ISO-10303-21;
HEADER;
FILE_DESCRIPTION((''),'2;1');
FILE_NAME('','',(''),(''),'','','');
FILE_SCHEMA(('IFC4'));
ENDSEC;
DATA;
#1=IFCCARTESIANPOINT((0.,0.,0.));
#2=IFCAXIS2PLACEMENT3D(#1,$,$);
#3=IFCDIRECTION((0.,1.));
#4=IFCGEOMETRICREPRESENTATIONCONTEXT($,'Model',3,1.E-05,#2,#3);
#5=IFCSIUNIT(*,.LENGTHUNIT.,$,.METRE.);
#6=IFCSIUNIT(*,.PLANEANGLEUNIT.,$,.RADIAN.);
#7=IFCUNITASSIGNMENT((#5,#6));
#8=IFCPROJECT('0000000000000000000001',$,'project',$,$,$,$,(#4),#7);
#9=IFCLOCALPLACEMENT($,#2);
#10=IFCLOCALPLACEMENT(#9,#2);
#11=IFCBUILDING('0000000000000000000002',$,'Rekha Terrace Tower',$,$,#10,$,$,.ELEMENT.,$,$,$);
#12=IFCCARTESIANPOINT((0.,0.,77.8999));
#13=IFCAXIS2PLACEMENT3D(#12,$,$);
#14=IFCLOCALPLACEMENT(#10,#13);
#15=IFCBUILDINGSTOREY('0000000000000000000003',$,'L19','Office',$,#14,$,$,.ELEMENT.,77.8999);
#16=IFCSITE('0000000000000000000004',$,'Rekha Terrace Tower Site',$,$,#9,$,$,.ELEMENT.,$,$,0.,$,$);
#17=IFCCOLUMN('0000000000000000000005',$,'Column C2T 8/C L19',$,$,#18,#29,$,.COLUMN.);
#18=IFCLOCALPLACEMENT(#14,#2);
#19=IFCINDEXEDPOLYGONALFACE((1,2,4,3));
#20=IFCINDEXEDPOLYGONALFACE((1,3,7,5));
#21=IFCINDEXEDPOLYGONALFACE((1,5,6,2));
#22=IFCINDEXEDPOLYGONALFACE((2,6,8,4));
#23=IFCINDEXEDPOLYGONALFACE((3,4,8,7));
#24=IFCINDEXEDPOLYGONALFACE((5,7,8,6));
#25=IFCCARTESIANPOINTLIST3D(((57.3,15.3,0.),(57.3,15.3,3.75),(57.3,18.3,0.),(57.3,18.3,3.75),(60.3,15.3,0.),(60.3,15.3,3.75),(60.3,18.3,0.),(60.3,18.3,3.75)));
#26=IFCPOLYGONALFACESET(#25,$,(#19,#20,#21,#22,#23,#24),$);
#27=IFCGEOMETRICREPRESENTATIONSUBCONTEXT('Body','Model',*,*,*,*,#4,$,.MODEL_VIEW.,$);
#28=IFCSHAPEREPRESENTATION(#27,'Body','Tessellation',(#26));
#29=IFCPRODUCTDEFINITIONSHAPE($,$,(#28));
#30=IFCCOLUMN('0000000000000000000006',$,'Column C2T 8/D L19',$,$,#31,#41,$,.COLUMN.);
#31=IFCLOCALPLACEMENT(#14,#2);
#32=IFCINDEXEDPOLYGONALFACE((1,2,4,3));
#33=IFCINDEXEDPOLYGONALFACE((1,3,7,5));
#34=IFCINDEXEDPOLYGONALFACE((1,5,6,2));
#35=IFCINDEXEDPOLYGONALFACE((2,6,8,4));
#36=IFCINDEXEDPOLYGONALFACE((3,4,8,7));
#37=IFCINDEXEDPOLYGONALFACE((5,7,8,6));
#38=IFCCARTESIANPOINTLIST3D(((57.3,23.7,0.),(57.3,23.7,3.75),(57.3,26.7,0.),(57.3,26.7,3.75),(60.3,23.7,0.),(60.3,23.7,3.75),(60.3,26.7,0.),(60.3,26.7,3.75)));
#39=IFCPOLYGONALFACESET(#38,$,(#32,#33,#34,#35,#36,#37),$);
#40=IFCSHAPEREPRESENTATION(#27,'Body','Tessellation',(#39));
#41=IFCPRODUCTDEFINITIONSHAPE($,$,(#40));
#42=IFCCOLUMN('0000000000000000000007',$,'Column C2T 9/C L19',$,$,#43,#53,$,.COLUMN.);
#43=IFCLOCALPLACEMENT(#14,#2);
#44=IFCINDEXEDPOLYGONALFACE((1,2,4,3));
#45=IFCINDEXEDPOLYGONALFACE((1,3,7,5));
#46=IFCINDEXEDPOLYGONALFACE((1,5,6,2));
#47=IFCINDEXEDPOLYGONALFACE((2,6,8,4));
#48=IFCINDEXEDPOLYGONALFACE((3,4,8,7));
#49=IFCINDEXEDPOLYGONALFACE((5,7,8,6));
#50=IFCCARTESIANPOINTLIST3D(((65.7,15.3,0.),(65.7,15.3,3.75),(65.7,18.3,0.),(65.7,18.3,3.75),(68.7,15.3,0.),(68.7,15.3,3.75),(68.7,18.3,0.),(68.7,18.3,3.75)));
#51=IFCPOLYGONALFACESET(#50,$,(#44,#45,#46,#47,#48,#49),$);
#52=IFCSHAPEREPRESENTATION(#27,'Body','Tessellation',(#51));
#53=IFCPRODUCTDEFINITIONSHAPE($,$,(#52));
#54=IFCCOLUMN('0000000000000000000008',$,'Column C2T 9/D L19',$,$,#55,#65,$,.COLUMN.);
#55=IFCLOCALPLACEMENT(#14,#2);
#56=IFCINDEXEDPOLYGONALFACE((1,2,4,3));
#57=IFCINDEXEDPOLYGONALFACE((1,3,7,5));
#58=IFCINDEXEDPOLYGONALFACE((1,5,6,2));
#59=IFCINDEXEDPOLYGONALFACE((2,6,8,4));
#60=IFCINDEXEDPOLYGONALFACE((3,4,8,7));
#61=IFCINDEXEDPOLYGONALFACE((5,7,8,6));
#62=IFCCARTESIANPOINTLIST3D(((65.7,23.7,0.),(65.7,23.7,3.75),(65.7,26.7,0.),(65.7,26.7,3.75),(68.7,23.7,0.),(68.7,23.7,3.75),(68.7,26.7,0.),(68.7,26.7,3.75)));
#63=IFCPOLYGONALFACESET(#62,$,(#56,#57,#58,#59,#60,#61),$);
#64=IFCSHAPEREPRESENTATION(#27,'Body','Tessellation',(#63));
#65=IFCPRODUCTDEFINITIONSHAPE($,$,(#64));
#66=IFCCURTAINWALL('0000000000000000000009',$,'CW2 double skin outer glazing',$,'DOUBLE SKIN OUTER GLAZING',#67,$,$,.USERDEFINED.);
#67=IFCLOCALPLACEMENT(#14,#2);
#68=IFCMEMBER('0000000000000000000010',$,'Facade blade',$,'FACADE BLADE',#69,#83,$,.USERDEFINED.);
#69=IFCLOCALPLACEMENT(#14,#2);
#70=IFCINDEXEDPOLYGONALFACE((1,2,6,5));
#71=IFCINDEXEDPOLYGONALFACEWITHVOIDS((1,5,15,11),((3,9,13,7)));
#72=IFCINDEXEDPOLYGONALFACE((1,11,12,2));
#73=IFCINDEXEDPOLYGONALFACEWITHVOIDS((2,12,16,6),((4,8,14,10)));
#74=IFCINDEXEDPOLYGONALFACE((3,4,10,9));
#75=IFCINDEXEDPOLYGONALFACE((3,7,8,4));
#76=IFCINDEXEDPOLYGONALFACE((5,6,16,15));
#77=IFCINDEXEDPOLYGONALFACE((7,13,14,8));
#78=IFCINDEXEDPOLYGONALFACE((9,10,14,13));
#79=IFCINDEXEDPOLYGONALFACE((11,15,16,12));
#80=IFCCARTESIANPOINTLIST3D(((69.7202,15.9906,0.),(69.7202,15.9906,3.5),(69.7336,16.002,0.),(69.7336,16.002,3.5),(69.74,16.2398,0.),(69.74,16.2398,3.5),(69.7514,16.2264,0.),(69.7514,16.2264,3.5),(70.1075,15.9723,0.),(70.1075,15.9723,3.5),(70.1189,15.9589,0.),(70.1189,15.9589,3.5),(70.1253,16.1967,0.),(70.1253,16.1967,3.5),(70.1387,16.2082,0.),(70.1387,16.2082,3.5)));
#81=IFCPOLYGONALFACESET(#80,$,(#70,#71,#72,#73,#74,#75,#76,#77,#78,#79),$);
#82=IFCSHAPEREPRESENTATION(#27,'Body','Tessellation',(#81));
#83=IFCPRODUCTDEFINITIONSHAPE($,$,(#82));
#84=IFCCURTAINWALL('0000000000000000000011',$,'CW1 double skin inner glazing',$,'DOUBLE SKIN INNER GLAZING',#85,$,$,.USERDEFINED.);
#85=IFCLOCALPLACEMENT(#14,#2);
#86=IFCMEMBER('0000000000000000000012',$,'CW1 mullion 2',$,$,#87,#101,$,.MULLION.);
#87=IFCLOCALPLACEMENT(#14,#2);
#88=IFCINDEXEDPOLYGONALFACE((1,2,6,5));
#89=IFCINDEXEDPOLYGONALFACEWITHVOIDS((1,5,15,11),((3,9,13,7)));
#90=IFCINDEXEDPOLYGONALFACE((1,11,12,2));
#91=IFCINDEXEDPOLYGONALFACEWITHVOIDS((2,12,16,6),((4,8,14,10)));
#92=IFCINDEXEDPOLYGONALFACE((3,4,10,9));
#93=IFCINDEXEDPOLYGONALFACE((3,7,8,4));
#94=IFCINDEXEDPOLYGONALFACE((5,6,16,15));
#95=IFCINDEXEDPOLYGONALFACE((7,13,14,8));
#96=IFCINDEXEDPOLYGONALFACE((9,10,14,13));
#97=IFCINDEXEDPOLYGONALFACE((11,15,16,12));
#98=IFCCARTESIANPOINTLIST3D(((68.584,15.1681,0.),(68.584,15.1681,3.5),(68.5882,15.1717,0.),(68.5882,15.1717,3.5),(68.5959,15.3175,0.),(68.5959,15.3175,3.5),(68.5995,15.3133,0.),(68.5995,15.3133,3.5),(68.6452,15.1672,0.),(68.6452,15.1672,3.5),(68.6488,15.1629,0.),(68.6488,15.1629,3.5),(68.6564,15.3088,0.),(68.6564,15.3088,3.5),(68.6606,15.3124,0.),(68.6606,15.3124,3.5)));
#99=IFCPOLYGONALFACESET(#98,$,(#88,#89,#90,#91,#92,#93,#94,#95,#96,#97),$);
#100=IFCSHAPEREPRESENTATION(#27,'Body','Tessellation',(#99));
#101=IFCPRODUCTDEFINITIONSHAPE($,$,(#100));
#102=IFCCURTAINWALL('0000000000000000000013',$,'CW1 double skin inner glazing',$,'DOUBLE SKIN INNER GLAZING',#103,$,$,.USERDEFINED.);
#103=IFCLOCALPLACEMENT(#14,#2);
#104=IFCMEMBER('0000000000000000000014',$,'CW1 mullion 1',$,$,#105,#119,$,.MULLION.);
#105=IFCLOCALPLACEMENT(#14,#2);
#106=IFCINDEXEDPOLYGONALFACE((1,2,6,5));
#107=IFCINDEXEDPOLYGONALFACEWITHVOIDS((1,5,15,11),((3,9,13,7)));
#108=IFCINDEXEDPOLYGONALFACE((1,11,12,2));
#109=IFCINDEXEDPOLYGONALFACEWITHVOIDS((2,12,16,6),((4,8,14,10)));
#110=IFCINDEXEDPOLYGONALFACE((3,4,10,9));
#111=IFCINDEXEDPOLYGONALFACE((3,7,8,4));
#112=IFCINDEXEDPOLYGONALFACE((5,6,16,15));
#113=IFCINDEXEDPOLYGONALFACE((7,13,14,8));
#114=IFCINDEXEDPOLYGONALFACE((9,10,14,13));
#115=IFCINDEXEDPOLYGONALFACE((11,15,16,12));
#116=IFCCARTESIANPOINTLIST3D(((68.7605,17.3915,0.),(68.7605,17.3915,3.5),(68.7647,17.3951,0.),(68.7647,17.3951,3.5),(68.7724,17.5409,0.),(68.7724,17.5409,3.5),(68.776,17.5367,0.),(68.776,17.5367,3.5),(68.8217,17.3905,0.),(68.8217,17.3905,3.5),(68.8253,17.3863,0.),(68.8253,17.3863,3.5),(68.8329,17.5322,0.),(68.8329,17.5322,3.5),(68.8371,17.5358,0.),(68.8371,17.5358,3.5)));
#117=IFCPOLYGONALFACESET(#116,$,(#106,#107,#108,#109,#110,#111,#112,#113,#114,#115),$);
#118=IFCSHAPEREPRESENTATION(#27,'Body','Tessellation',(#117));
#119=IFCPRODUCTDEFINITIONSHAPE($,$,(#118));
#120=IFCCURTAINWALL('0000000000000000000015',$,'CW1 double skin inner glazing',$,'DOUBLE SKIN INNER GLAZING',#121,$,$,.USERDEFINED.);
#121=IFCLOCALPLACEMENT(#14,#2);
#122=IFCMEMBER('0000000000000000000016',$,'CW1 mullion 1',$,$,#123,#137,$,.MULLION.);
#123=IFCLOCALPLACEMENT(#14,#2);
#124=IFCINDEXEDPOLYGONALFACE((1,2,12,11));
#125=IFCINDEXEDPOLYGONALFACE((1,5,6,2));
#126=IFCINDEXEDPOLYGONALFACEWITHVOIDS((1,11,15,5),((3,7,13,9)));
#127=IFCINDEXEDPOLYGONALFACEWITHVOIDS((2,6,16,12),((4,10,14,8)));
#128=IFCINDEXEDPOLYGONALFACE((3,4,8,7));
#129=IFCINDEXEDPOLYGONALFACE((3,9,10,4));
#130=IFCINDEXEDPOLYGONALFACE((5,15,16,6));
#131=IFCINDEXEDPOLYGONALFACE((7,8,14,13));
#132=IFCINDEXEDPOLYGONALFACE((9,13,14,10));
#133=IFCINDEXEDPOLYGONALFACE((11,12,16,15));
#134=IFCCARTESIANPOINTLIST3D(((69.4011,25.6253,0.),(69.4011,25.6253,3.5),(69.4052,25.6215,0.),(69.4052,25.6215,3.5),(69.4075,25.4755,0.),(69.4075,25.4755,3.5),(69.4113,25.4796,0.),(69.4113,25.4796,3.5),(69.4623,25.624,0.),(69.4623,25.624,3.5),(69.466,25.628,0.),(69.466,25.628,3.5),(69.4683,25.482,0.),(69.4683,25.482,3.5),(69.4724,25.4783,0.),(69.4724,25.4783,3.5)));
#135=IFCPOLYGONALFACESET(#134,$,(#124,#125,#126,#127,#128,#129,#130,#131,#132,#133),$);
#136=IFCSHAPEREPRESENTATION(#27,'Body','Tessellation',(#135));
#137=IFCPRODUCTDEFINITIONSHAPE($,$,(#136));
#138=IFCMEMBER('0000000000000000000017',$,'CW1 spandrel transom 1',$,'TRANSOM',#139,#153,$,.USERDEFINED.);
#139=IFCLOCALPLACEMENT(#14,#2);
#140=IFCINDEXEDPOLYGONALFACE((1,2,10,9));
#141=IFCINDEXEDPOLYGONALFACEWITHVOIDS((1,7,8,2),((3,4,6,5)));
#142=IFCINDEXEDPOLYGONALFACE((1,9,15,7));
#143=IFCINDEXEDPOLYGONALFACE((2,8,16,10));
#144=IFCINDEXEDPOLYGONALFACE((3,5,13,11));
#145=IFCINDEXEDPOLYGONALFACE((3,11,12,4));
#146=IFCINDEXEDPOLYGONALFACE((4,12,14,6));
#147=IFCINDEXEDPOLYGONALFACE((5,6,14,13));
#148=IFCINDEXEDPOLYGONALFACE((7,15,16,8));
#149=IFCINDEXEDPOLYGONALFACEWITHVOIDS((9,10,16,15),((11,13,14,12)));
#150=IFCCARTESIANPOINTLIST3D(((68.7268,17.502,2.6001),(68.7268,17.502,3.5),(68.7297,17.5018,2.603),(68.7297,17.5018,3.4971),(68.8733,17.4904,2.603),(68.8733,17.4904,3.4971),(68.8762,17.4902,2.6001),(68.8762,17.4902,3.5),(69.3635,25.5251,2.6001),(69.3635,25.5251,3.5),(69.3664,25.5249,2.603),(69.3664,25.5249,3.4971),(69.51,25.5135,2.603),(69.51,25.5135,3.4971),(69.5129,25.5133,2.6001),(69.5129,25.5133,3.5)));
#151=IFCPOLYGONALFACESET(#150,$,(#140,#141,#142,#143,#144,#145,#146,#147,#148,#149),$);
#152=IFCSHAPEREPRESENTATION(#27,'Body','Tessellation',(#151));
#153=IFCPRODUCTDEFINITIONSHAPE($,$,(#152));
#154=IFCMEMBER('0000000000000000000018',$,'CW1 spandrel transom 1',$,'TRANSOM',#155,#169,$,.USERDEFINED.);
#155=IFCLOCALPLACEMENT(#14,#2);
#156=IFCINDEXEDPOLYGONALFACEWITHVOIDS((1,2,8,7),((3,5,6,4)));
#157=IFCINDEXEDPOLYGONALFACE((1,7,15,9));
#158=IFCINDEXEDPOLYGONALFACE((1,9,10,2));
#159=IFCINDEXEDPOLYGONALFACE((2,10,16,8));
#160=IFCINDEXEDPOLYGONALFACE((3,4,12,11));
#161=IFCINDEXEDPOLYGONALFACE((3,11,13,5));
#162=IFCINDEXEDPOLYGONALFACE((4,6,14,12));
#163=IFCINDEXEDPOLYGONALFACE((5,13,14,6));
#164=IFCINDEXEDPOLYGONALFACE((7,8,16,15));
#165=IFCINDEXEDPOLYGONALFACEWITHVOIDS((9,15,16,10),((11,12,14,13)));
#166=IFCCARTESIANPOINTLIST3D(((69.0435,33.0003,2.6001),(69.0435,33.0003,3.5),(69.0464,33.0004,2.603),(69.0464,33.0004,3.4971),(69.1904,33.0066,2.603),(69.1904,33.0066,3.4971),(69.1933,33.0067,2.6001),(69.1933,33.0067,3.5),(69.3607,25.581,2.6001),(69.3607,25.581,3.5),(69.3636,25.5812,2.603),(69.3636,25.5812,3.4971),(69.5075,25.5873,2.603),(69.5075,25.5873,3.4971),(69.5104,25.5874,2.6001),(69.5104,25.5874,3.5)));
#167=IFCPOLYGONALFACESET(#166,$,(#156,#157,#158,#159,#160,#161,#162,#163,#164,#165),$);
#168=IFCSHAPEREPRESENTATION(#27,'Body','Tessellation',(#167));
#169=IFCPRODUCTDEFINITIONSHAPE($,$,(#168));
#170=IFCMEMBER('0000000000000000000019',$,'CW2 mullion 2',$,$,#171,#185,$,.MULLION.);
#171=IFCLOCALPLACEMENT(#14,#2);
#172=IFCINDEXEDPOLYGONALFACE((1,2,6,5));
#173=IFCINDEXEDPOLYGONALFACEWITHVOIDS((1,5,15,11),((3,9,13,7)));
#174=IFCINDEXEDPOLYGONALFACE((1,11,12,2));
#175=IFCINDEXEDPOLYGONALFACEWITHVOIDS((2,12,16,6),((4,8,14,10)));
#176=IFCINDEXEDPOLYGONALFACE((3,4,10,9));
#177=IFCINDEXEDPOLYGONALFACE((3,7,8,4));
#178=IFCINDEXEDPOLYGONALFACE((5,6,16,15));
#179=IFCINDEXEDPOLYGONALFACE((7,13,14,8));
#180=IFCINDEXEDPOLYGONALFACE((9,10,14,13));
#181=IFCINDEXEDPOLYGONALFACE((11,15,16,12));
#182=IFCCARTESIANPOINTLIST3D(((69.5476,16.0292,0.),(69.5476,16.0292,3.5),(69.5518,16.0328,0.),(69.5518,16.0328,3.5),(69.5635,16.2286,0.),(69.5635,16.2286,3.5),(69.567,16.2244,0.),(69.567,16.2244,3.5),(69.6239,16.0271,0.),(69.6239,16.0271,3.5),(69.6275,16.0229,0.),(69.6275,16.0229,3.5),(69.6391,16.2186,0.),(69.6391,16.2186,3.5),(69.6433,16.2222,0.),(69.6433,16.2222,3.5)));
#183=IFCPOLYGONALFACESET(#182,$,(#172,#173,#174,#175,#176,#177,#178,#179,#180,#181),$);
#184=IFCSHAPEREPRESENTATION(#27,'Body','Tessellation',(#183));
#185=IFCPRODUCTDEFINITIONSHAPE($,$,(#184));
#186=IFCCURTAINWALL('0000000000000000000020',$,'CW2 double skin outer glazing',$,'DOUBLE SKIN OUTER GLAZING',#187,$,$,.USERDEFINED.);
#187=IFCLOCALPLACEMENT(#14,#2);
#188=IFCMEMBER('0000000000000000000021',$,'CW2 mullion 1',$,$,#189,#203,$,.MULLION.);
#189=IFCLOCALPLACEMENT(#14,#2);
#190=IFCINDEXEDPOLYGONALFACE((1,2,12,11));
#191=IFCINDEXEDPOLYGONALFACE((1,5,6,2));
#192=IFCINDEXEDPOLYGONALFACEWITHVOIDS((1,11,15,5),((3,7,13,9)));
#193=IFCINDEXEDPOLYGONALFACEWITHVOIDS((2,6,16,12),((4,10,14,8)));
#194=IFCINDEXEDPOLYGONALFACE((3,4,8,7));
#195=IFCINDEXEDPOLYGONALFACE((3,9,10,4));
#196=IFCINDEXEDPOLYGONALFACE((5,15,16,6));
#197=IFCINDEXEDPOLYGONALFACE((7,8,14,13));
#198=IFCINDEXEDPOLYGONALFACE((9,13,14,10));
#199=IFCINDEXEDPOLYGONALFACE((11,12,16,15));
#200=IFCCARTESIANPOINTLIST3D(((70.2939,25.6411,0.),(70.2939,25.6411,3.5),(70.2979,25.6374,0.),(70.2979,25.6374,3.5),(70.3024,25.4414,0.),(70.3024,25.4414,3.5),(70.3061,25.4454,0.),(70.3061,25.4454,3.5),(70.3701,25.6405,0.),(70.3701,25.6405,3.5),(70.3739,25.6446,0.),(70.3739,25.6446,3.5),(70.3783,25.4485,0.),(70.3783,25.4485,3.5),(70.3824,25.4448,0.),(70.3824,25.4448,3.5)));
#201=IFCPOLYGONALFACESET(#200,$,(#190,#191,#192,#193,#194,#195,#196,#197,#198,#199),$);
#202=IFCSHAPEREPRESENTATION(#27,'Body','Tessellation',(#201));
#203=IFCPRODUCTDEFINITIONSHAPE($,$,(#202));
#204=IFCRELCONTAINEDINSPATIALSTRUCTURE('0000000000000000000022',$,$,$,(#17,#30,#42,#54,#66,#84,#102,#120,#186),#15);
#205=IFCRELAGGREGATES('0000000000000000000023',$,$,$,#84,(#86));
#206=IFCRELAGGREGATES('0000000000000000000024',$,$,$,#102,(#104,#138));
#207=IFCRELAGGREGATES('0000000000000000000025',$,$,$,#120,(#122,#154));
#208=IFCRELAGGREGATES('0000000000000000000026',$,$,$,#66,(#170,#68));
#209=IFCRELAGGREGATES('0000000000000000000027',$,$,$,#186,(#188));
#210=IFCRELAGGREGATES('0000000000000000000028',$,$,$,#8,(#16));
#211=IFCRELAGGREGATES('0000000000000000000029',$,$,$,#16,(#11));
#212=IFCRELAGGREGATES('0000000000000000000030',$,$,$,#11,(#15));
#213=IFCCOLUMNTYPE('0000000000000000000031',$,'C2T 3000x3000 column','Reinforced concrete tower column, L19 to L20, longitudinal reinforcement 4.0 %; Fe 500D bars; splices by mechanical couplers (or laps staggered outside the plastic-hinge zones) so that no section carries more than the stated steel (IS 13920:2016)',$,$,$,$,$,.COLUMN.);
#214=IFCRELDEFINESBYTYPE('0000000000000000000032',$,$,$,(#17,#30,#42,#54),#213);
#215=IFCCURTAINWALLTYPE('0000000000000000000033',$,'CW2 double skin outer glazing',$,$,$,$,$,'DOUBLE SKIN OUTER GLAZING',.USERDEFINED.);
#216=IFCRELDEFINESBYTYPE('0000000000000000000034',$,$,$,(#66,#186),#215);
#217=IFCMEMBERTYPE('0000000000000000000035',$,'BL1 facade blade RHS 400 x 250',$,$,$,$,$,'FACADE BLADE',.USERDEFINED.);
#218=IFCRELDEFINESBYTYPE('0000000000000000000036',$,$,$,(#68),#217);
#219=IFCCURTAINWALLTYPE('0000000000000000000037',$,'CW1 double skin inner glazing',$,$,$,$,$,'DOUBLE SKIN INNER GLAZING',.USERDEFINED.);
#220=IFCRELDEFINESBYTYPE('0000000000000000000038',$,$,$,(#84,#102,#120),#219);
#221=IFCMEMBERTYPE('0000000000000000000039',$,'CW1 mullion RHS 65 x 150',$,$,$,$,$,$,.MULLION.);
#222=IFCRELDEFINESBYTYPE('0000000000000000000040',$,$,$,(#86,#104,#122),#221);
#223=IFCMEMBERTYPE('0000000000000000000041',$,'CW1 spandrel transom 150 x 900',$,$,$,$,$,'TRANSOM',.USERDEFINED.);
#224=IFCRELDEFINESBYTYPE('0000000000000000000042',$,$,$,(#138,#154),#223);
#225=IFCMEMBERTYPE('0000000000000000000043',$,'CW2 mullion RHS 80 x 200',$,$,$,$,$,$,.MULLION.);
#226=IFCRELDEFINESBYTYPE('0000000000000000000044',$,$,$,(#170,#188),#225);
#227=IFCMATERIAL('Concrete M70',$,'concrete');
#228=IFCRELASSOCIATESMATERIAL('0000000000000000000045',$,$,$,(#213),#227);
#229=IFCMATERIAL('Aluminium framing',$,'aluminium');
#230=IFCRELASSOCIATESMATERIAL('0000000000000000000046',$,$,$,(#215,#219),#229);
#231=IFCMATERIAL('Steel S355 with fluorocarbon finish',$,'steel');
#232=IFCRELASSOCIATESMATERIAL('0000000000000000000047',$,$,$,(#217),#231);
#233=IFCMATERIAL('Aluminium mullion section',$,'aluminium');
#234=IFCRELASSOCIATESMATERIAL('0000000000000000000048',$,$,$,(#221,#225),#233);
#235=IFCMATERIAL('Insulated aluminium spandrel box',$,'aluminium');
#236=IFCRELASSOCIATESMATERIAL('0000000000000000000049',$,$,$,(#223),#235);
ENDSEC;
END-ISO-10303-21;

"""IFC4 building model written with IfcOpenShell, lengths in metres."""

from ifc_helpers import new_model, si_unit, direction, frame, origin, origin_2d, place, context, subcontext, project, spatial, rectangle, hollow_rectangle, extrude, material, material_profile, profile_set, type_object, element, aggregate, save


model = new_model("IFC4")

# Units and contexts
model_context = context("Model", 3, precision=1e-05, world=origin(), true_north=direction((0.0, 1.0)))
body_context = subcontext(model_context, "Body", "Model", "MODEL_VIEW")
ifc_project = project(units=[si_unit("LENGTHUNIT", "METRE"), si_unit("PLANEANGLEUNIT", "RADIAN")], contexts=[model_context])

# Site, building, storey
site_placement = place(None, origin())
site = spatial("IfcSite", under=ifc_project, at=site_placement, Name="Rekha Terrace Tower Site", CompositionType="ELEMENT", RefElevation=0.0)
building_placement = place(site_placement, origin())
building = spatial("IfcBuilding", under=site, at=building_placement, Name="Rekha Terrace Tower", CompositionType="ELEMENT")
storey_placement = place(building_placement, frame((0.0, 0.0, 77.8999)))
storey = spatial("IfcBuildingStorey", under=building, at=storey_placement, Name="L19", Description="Office", CompositionType="ELEMENT", Elevation=77.8999)

# Columns
ifc_material_1 = material(Name="Concrete M70", Category="concrete")
ifc_material_profile_1 = material_profile(ifc_material_1, rectangle(XDim=3.0, YDim=3.0, at=origin_2d()), Name="RC 3000x3000")
ifc_profile_set_1 = profile_set([ifc_material_profile_1], Name="Concrete M70")
column_type = type_object("IfcColumnType", Name="C2T 3000x3000 column", Description="Reinforced concrete tower column, L19 to L20, longitudinal reinforcement 4.0 %; Fe 500D bars; splices by mechanical couplers (or laps staggered outside the plastic-hinge zones) so that no section carries more than the stated steel (IS 13920:2016)", PredefinedType="COLUMN", material=ifc_profile_set_1)
for number, where, z_axis, x_axis, name in (
    (1, (58.8, 16.8, 0.0), (0.0, 0.0, 1.0), (1.0, 0.0, 0.0), "Column C2T 8/C L19"),
    (2, (58.8, 25.2, 0.0), (0.0, 0.0, 1.0), (1.0, 0.0, 0.0), "Column C2T 8/D L19"),
    (3, (67.2, 16.8, 0.0), (0.0, 0.0, 1.0), (1.0, 0.0, 0.0), "Column C2T 9/C L19"),
    (4, (67.2, 25.2, 0.0), (0.0, 0.0, 1.0), (1.0, 0.0, 0.0), "Column C2T 9/D L19"),
):
    element("IfcColumn", number, at=place(storey_placement, frame(where, z_axis=z_axis, x_axis=x_axis)), inside=storey, type_object=column_type, Name=name, PredefinedType="COLUMN", context=body_context, shape_type="SweptSolid", body=[
        extrude(rectangle(XDim=3.0, YDim=3.0, at=origin_2d()), origin(), (0.0, 0.0, 1.0), 3.75),
    ])

# Curtain walls, members
ifc_material_2 = material(Name="Aluminium framing", Category="aluminium")
curtain_wall_type_1 = type_object("IfcCurtainWallType", Name="CW2 double skin outer glazing", ElementType="DOUBLE SKIN OUTER GLAZING", PredefinedType="USERDEFINED", material=ifc_material_2)
curtain_wall_1_placement = place(storey_placement, origin())
curtain_wall_1 = element("IfcCurtainWall", 5, at=curtain_wall_1_placement, inside=storey, type_object=curtain_wall_type_1, Name="CW2 double skin outer glazing", ObjectType="DOUBLE SKIN OUTER GLAZING", PredefinedType="USERDEFINED")
ifc_material_3 = material(Name="Steel S355 with fluorocarbon finish", Category="steel")
ifc_material_profile_2 = material_profile(ifc_material_3, hollow_rectangle(XDim=0.25, YDim=0.3999, WallThickness=0.0125, at=origin_2d()), Name="RHS400x250x12.5")
ifc_profile_set_2 = profile_set([ifc_material_profile_2], Name="Steel S355 with fluorocarbon finish")
member_type_1 = type_object("IfcMemberType", Name="BL1 facade blade RHS 400 x 250", ElementType="FACADE BLADE", PredefinedType="USERDEFINED", material=ifc_profile_set_2)
member_1_placement = place(storey_placement, frame((69.9294, 16.0994, 0.0), z_axis=(0.0, 0.0, 1.0), x_axis=(0.079117, 0.996865, 0.0)))
member_1 = element("IfcMember", 6, at=member_1_placement, type_object=member_type_1, Name="Facade blade", ObjectType="FACADE BLADE", PredefinedType="USERDEFINED", context=body_context, shape_type="SweptSolid", body=[
    extrude(hollow_rectangle(XDim=0.25, YDim=0.3999, WallThickness=0.0125, at=origin_2d()), origin(), (0.0, 0.0, 1.0), 3.5),
])
curtain_wall_type_2 = type_object("IfcCurtainWallType", Name="CW1 double skin inner glazing", ElementType="DOUBLE SKIN INNER GLAZING", PredefinedType="USERDEFINED", material=ifc_material_2)
curtain_wall_2_placement = place(storey_placement, origin())
curtain_wall_2 = element("IfcCurtainWall", 7, at=curtain_wall_2_placement, inside=storey, type_object=curtain_wall_type_2, Name="CW1 double skin inner glazing", ObjectType="DOUBLE SKIN INNER GLAZING", PredefinedType="USERDEFINED")
ifc_material_4 = material(Name="Aluminium mullion section", Category="aluminium")
ifc_material_profile_3 = material_profile(ifc_material_4, hollow_rectangle(XDim=0.0649, YDim=0.1499, WallThickness=0.0039, at=origin_2d()), Name="AL RHS 65x150")
ifc_profile_set_3 = profile_set([ifc_material_profile_3], Name="Aluminium mullion section")
member_type_2 = type_object("IfcMemberType", Name="CW1 mullion RHS 65 x 150", PredefinedType="MULLION", material=ifc_profile_set_3)
member_2_placement = place(storey_placement, frame((68.6223, 15.2402, 0.0), z_axis=(0.0, 0.0, 1.0), x_axis=(-0.996865, 0.079116, 0.0)))
member_2 = element("IfcMember", 8, at=member_2_placement, type_object=member_type_2, Name="CW1 mullion 2", PredefinedType="MULLION", context=body_context, shape_type="SweptSolid", body=[
    extrude(hollow_rectangle(XDim=0.0649, YDim=0.1499, WallThickness=0.0039, at=origin_2d()), origin(), (0.0, 0.0, 1.0), 3.5),
])
aggregate(curtain_wall_2, [member_2])
curtain_wall_3_placement = place(storey_placement, origin())
curtain_wall_3 = element("IfcCurtainWall", 9, at=curtain_wall_3_placement, inside=storey, type_object=curtain_wall_type_2, Name="CW1 double skin inner glazing", ObjectType="DOUBLE SKIN INNER GLAZING", PredefinedType="USERDEFINED")
member_3_placement = place(storey_placement, frame((68.7988, 17.4636, 0.0), z_axis=(0.0, 0.0, 1.0), x_axis=(-0.996865, 0.079116, 0.0)))
member_3 = element("IfcMember", 10, at=member_3_placement, type_object=member_type_2, Name="CW1 mullion 1", PredefinedType="MULLION", context=body_context, shape_type="SweptSolid", body=[
    extrude(hollow_rectangle(XDim=0.0649, YDim=0.1499, WallThickness=0.0039, at=origin_2d()), origin(), (0.0, 0.0, 1.0), 3.5),
])
curtain_wall_4_placement = place(storey_placement, origin())
curtain_wall_4 = element("IfcCurtainWall", 11, at=curtain_wall_4_placement, inside=storey, type_object=curtain_wall_type_2, Name="CW1 double skin inner glazing", ObjectType="DOUBLE SKIN INNER GLAZING", PredefinedType="USERDEFINED")
member_4_placement = place(storey_placement, frame((69.4368, 25.5518, 0.0), z_axis=(0.0, 0.0, 1.0), x_axis=(-0.999088, -0.042696, 0.0)))
member_4 = element("IfcMember", 12, at=member_4_placement, type_object=member_type_2, Name="CW1 mullion 1", PredefinedType="MULLION", context=body_context, shape_type="SweptSolid", body=[
    extrude(hollow_rectangle(XDim=0.0649, YDim=0.1499, WallThickness=0.0039, at=origin_2d()), origin(), (0.0, 0.0, 1.0), 3.5),
])

# Members
ifc_material_5 = material(Name="Insulated aluminium spandrel box", Category="aluminium")
ifc_material_profile_4 = material_profile(ifc_material_5, hollow_rectangle(XDim=0.1499, YDim=0.8999, WallThickness=0.0029, at=origin_2d()), Name="AL SPANDREL BOX 150x900")
ifc_profile_set_4 = profile_set([ifc_material_profile_4], Name="Insulated aluminium spandrel box")
member_type_3 = type_object("IfcMemberType", Name="CW1 spandrel transom 150 x 900", ElementType="TRANSOM", PredefinedType="USERDEFINED", material=ifc_profile_set_4)
member_5_placement = place(storey_placement, frame((68.8015, 17.4961, 3.05), z_axis=(0.079111, 0.996866, 0.0), x_axis=(-0.996866, 0.079111, 0.0)))
member_5 = element("IfcMember", 13, at=member_5_placement, type_object=member_type_3, Name="CW1 spandrel transom 1", ObjectType="TRANSOM", PredefinedType="USERDEFINED", context=body_context, shape_type="SweptSolid", body=[
    extrude(hollow_rectangle(XDim=0.1499, YDim=0.8999, WallThickness=0.0029, at=origin_2d()), origin(), (0.0, 0.0, 1.0), 8.0483),
])
member_6_placement = place(storey_placement, frame((69.4355, 25.5842, 3.05), z_axis=(-0.042707, 0.999088, 0.0), x_axis=(-0.999088, -0.042707, 0.0)))
member_6 = element("IfcMember", 14, at=member_6_placement, type_object=member_type_3, Name="CW1 spandrel transom 1", ObjectType="TRANSOM", PredefinedType="USERDEFINED", context=body_context, shape_type="SweptSolid", body=[
    extrude(hollow_rectangle(XDim=0.1499, YDim=0.8999, WallThickness=0.0029, at=origin_2d()), origin(), (0.0, 0.0, 1.0), 7.426),
])
ifc_material_profile_5 = material_profile(ifc_material_4, hollow_rectangle(XDim=0.0801, YDim=0.2, WallThickness=0.0039, at=origin_2d()), Name="AL RHS 80x200")
ifc_profile_set_5 = profile_set([ifc_material_profile_5], Name="Aluminium mullion section")
member_type_4 = type_object("IfcMemberType", Name="CW2 mullion RHS 80 x 200", PredefinedType="MULLION", material=ifc_profile_set_5)
member_7_placement = place(storey_placement, frame((69.5955, 16.1257, 0.0), z_axis=(0.0, 0.0, 1.0), x_axis=(-0.996865, 0.079116, 0.0)))
member_7 = element("IfcMember", 15, at=member_7_placement, type_object=member_type_4, Name="CW2 mullion 2", PredefinedType="MULLION", context=body_context, shape_type="SweptSolid", body=[
    extrude(hollow_rectangle(XDim=0.0801, YDim=0.2, WallThickness=0.0039, at=origin_2d()), origin(), (0.0, 0.0, 1.0), 3.5),
])

# Curtain wall, member
curtain_wall_5_placement = place(storey_placement, origin())
curtain_wall_5 = element("IfcCurtainWall", 16, at=curtain_wall_5_placement, inside=storey, type_object=curtain_wall_type_1, Name="CW2 double skin outer glazing", ObjectType="DOUBLE SKIN OUTER GLAZING", PredefinedType="USERDEFINED")
member_8_placement = place(storey_placement, frame((70.3381, 25.543, 0.0), z_axis=(0.0, 0.0, 1.0), x_axis=(-0.999088, -0.042696, 0.0)))
member_8 = element("IfcMember", 17, at=member_8_placement, type_object=member_type_4, Name="CW2 mullion 1", PredefinedType="MULLION", context=body_context, shape_type="SweptSolid", body=[
    extrude(hollow_rectangle(XDim=0.0801, YDim=0.2, WallThickness=0.0039, at=origin_2d()), origin(), (0.0, 0.0, 1.0), 3.5),
])

aggregate(curtain_wall_3, [member_3, member_5])
aggregate(curtain_wall_4, [member_4, member_6])
aggregate(curtain_wall_1, [member_7, member_1])
aggregate(curtain_wall_5, [member_8])

save(model, "model.ifc")
